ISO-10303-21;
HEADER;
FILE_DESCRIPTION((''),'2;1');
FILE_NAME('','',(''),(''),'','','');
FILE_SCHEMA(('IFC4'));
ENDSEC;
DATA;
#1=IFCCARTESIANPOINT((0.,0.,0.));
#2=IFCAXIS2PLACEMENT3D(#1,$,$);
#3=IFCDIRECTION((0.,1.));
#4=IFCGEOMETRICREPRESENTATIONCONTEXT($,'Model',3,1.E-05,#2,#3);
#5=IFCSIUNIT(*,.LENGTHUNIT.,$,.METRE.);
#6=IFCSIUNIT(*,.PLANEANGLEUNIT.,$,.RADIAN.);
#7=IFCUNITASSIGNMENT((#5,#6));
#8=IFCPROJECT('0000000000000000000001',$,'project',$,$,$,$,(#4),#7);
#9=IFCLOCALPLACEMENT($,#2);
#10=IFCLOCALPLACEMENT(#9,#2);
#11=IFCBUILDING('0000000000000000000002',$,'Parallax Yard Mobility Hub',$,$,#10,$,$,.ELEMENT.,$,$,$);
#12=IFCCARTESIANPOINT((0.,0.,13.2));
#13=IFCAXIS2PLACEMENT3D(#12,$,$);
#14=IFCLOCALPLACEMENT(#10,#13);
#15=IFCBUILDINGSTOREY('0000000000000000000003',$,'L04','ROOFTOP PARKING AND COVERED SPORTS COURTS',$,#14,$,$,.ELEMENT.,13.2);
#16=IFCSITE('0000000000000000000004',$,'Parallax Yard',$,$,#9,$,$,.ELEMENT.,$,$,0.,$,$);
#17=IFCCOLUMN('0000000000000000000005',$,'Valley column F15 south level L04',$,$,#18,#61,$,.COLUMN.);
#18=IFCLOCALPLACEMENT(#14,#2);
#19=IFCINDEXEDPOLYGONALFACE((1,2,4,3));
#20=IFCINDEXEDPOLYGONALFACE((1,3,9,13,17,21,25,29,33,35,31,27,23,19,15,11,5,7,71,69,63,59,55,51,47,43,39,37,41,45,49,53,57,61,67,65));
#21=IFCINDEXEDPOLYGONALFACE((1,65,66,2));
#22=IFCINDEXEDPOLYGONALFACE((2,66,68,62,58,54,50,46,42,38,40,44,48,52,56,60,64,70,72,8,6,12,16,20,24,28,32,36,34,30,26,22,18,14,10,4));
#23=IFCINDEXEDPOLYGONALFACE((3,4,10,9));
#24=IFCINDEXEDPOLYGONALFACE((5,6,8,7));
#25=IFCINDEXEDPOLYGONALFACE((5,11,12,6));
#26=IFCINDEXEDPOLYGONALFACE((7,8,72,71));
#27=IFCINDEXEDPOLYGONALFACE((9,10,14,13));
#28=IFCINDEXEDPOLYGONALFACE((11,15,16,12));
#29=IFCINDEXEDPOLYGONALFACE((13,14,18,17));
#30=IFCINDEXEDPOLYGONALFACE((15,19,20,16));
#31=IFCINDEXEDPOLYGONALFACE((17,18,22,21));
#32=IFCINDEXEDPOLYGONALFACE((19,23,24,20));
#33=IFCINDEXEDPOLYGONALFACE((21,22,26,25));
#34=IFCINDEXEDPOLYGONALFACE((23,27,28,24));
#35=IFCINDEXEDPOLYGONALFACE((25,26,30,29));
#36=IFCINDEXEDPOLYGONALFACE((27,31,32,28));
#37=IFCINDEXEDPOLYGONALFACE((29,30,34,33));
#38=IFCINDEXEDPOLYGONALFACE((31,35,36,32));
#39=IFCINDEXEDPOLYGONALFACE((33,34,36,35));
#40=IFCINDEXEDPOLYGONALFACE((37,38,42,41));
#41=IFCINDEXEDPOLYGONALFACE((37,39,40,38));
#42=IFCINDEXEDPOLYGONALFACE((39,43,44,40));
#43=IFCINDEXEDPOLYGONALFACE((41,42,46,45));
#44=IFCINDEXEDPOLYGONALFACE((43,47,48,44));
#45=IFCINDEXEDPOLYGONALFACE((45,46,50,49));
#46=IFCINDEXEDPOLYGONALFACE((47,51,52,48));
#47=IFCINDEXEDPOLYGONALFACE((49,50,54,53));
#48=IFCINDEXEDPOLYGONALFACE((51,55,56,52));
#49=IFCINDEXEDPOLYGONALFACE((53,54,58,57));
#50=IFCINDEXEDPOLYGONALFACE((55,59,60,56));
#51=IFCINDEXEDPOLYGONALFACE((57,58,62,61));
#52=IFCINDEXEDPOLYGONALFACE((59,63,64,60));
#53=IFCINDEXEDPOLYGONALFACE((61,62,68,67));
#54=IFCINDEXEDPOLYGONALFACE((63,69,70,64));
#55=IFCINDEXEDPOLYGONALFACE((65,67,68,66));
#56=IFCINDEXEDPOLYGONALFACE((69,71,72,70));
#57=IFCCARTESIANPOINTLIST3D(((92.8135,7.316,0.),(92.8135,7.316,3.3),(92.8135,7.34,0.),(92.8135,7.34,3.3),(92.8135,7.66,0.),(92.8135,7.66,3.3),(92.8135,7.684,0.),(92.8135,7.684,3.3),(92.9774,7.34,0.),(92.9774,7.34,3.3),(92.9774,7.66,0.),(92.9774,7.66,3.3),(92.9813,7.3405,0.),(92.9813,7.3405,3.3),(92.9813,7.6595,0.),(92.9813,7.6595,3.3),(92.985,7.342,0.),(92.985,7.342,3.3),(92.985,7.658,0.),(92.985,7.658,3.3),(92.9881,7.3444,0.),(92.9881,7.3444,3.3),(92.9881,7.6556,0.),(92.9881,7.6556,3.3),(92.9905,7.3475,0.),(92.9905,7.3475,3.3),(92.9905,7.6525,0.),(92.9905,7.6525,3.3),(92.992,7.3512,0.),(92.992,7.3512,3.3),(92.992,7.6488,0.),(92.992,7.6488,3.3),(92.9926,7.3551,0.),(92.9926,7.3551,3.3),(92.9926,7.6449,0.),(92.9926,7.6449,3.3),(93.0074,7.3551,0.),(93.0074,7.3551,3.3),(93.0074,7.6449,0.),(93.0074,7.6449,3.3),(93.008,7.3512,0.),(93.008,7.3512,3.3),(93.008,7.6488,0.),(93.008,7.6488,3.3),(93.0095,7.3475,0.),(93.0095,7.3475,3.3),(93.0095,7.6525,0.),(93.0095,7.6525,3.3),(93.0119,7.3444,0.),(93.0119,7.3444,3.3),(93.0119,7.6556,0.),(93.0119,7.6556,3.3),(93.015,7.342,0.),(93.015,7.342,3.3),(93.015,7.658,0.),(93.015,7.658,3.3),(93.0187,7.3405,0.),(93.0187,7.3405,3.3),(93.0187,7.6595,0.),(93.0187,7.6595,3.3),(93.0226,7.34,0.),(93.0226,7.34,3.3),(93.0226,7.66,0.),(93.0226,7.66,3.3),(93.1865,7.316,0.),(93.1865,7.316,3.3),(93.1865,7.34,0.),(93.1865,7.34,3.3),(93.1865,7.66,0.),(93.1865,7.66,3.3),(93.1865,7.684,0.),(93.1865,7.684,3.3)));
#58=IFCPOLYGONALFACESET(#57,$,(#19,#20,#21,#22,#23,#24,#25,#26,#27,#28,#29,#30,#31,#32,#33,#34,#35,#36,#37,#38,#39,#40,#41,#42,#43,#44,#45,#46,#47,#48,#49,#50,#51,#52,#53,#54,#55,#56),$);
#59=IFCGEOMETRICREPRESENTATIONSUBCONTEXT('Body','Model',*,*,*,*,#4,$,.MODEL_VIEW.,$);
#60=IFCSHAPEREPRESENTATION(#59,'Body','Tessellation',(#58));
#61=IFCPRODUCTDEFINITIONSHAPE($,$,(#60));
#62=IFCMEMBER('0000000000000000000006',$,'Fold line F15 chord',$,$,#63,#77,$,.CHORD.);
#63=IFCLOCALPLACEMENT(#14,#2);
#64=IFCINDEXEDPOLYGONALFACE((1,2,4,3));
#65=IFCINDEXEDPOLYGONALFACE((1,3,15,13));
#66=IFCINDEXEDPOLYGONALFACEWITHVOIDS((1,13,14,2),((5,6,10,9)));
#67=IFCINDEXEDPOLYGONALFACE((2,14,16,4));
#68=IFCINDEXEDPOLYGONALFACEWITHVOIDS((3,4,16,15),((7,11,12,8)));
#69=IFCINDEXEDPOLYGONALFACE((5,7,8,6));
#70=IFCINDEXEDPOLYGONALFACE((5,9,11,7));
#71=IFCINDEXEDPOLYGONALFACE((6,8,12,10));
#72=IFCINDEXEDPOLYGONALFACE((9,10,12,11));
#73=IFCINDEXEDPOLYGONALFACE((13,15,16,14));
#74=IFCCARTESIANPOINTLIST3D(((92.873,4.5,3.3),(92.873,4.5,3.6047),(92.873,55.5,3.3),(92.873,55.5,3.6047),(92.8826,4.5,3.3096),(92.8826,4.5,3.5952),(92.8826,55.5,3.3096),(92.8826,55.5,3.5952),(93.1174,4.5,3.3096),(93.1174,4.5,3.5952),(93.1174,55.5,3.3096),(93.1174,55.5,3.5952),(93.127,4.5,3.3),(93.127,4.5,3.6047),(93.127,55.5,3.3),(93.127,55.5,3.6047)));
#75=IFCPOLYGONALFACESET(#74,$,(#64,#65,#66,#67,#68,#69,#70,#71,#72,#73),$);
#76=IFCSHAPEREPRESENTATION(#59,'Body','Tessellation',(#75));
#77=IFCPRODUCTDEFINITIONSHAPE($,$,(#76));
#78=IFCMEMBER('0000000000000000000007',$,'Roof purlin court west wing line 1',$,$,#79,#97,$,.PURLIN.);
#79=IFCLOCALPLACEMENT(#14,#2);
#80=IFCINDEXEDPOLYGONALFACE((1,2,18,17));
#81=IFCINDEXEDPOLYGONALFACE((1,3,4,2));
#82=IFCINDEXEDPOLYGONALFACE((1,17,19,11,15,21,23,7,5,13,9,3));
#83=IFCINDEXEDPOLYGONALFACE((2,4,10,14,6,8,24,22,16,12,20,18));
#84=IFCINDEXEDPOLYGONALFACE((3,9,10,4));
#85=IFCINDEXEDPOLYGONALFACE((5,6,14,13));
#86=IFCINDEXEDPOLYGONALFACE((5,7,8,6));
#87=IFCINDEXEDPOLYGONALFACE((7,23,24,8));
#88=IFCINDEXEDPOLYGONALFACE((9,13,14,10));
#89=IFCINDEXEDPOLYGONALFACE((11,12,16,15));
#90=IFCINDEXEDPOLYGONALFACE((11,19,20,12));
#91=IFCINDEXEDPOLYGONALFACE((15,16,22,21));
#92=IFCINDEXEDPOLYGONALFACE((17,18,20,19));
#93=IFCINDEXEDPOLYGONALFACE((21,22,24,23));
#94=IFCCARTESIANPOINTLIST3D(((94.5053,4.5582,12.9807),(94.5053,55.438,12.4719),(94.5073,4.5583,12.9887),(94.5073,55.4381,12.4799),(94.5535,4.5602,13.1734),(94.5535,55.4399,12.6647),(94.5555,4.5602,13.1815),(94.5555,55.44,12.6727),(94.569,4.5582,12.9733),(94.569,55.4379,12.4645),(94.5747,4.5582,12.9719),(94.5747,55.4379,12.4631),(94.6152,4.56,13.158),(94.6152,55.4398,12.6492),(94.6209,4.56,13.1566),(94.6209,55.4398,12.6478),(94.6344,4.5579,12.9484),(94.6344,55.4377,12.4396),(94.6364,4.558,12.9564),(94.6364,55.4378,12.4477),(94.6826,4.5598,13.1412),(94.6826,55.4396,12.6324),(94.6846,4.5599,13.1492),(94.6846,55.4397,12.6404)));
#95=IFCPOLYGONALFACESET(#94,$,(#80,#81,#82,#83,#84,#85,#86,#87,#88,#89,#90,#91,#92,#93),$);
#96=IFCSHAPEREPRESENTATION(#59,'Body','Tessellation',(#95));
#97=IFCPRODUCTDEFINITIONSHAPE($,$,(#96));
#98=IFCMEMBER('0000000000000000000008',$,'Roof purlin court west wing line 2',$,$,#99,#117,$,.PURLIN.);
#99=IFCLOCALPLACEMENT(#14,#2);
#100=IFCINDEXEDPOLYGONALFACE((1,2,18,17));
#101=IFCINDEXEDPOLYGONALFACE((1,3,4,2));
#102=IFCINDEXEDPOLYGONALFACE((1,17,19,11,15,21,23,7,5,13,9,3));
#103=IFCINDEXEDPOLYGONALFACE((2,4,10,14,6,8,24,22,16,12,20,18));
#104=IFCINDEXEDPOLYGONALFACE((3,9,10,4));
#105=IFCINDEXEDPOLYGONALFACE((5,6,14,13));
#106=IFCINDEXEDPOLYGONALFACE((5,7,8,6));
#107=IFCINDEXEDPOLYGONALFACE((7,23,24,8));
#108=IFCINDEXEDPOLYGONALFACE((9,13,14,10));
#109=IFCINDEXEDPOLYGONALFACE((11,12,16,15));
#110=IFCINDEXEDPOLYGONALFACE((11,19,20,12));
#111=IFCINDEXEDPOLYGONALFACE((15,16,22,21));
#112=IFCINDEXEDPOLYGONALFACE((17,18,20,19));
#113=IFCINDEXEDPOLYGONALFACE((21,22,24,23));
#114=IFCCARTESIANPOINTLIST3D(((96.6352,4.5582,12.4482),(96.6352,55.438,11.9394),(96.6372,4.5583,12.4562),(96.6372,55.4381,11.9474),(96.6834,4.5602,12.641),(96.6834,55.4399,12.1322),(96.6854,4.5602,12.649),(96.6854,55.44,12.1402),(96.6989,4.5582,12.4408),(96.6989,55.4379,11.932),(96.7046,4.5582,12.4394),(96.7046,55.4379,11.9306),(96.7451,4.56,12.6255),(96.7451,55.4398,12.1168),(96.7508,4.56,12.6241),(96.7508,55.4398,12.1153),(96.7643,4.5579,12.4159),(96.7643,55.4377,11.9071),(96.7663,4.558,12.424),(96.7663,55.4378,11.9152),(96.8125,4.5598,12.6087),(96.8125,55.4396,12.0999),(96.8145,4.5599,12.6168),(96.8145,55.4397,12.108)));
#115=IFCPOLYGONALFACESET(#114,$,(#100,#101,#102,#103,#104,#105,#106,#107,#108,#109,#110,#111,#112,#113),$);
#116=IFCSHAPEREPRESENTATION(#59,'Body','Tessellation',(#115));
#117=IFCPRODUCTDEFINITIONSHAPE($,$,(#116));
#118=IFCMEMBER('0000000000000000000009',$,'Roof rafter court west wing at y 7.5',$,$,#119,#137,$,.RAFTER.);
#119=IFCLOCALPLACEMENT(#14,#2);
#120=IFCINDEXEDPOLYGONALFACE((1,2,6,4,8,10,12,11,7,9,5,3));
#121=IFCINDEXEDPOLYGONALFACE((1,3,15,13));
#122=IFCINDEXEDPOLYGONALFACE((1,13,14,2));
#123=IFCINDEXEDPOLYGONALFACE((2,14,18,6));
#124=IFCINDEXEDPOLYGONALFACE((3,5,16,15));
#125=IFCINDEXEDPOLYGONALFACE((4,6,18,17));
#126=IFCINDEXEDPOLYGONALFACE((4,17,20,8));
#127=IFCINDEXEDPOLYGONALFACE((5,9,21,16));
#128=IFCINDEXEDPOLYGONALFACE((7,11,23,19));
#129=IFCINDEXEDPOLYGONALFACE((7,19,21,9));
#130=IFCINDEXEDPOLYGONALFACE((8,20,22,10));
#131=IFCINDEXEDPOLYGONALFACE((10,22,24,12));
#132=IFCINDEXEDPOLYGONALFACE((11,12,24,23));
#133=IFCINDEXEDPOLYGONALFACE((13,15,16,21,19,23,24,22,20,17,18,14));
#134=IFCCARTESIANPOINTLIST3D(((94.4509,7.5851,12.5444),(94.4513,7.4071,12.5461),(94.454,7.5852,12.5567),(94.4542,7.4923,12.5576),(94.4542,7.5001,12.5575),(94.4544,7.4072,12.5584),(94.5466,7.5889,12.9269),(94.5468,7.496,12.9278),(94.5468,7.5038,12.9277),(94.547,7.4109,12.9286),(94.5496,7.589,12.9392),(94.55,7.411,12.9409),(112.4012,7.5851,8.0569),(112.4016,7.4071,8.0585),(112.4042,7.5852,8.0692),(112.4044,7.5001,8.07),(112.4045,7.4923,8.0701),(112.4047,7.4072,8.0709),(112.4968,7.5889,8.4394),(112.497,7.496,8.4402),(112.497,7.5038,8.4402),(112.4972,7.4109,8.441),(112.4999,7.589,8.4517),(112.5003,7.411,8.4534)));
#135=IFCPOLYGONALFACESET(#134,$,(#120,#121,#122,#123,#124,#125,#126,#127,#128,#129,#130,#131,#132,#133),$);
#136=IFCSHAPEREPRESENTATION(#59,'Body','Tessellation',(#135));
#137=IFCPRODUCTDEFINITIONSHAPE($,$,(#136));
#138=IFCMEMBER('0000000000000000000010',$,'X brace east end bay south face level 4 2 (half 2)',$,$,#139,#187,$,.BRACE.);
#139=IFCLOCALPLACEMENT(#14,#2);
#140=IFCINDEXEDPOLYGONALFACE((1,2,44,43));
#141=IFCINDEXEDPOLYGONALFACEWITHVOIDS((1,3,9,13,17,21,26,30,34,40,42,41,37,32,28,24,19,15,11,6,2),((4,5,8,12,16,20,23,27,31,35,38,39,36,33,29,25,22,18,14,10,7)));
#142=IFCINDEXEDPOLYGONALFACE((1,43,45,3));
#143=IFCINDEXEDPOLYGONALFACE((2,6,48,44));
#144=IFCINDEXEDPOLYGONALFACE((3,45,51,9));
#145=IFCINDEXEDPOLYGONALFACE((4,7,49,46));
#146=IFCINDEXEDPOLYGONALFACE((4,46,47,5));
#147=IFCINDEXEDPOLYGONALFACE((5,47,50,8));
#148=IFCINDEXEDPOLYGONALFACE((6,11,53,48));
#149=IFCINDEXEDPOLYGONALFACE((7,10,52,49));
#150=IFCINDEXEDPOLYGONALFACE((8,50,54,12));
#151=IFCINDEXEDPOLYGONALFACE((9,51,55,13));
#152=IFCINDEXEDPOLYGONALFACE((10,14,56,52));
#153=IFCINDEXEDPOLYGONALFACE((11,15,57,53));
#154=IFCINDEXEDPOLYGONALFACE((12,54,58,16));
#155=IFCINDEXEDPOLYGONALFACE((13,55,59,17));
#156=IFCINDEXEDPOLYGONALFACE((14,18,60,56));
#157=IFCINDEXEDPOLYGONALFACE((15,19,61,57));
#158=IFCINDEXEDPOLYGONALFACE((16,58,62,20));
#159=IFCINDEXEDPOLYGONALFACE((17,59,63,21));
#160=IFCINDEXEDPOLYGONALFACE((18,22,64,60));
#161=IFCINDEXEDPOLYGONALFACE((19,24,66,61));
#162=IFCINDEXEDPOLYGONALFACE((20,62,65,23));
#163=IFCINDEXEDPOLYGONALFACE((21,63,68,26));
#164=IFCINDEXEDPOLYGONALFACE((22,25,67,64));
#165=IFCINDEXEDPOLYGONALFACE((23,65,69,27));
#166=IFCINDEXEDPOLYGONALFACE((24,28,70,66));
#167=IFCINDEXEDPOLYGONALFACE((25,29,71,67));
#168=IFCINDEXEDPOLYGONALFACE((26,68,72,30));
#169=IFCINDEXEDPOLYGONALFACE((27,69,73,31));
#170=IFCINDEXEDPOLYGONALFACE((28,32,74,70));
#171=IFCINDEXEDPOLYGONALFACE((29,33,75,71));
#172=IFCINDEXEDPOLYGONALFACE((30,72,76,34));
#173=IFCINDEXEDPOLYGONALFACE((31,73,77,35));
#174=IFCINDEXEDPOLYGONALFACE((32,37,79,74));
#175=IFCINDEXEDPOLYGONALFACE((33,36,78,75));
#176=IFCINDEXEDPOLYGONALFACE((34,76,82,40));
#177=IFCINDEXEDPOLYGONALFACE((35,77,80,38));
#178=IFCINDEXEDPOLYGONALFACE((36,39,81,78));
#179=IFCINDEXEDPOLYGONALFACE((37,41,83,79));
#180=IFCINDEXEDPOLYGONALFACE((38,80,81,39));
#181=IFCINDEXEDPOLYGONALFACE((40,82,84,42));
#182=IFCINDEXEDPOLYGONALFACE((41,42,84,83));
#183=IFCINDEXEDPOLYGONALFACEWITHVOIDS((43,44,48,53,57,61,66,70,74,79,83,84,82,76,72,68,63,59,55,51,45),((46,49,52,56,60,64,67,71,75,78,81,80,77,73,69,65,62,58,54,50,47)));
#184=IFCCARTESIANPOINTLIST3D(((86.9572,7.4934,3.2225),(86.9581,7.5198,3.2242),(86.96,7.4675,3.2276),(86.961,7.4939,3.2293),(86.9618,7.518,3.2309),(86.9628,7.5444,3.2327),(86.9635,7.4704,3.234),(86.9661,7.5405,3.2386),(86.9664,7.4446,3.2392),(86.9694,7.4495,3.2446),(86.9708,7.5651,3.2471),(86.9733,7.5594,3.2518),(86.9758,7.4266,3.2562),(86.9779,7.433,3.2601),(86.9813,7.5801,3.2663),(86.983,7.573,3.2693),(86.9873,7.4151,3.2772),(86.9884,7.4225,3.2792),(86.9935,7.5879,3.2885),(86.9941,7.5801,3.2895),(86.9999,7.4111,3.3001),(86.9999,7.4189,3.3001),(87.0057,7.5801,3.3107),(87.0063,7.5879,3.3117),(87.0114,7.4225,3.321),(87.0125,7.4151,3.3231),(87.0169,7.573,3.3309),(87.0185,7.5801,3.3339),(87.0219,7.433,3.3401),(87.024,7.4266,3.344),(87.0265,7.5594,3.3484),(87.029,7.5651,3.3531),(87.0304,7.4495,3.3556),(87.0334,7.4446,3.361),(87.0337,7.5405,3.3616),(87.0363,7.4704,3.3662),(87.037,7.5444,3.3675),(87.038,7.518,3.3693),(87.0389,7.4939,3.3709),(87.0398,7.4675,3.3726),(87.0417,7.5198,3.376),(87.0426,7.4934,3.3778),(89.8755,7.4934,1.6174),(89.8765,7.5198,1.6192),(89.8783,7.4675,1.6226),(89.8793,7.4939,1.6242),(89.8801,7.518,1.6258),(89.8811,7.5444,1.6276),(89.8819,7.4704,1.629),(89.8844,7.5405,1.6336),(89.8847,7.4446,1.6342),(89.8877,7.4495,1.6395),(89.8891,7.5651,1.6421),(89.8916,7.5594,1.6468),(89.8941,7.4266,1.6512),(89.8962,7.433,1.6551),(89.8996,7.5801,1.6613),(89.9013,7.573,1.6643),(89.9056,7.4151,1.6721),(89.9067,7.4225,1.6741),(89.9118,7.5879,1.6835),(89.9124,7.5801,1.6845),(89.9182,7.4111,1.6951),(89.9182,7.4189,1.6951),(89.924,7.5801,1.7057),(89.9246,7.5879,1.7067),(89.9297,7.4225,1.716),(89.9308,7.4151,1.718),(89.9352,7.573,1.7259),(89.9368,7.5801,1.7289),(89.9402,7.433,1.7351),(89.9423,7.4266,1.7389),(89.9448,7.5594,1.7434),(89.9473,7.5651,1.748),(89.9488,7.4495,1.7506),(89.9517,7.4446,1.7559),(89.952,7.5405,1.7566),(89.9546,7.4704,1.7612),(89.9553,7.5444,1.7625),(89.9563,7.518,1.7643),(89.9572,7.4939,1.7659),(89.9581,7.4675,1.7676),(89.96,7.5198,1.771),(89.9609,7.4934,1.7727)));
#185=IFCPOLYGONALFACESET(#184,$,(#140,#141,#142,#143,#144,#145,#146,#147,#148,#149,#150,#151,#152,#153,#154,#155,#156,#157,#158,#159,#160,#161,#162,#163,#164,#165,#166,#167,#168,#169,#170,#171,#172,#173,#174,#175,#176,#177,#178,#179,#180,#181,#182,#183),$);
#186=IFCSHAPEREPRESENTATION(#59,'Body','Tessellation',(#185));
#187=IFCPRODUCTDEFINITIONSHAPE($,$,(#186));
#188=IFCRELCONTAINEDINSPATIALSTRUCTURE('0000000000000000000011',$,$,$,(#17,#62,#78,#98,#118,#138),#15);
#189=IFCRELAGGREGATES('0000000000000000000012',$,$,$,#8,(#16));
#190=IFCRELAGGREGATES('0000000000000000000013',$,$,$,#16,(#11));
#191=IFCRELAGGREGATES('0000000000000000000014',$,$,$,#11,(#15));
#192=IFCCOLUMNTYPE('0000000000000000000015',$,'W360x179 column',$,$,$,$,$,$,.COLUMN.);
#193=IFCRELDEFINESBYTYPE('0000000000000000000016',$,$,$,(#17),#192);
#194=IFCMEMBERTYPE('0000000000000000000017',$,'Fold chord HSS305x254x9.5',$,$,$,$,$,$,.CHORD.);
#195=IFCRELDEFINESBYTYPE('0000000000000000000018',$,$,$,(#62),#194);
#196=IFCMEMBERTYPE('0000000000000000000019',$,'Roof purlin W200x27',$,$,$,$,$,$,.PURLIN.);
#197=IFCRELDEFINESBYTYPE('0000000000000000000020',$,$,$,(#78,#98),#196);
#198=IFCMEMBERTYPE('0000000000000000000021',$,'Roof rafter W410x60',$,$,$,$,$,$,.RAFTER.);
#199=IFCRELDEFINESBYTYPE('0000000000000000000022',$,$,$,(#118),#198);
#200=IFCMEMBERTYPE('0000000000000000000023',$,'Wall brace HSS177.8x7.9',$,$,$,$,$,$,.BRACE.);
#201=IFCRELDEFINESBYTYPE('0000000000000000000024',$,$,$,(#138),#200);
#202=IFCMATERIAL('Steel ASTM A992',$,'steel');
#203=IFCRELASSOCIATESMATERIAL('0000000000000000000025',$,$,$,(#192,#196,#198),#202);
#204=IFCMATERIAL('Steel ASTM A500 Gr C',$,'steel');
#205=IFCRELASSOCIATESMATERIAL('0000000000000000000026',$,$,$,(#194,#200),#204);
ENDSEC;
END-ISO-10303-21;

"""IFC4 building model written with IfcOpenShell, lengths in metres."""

from ifc_helpers import new_model, si_unit, direction, frame, origin, origin_2d, place, context, subcontext, project, spatial, hollow_rectangle, hollow_circle, i_section, extrude, material, material_profile, profile_set, type_object, element, save


model = new_model("IFC4")

# Units and contexts
model_context = context("Model", 3, precision=1e-05, world=origin(), true_north=direction((0.0, 1.0)))
body_context = subcontext(model_context, "Body", "Model", "MODEL_VIEW")
ifc_project = project(units=[si_unit("LENGTHUNIT", "METRE"), si_unit("PLANEANGLEUNIT", "RADIAN")], contexts=[model_context])

# Site, building, storey
site_placement = place(None, origin())
site = spatial("IfcSite", under=ifc_project, at=site_placement, Name="Parallax Yard", CompositionType="ELEMENT", RefElevation=0.0)
building_placement = place(site_placement, origin())
building = spatial("IfcBuilding", under=site, at=building_placement, Name="Parallax Yard Mobility Hub", CompositionType="ELEMENT")
storey_placement = place(building_placement, frame((0.0, 0.0, 13.2)))
storey = spatial("IfcBuildingStorey", under=building, at=storey_placement, Name="L04", Description="ROOFTOP PARKING AND COVERED SPORTS COURTS", CompositionType="ELEMENT", Elevation=13.2)

# Column
ifc_material_1 = material(Name="Steel ASTM A992", Category="steel")
ifc_material_profile_1 = material_profile(ifc_material_1, i_section(OverallWidth=0.373, OverallDepth=0.3679, WebThickness=0.0149, FlangeThickness=0.0239, FilletRadius=0.0151, at=origin_2d()), Name="W360x179")
ifc_profile_set_1 = profile_set([ifc_material_profile_1], Name="Steel ASTM A992")
column_type = type_object("IfcColumnType", Name="W360x179 column", PredefinedType="COLUMN", material=ifc_profile_set_1)
column_placement = place(storey_placement, frame((93.0, 7.5, 0.0), z_axis=(0.0, 0.0, 1.0), x_axis=(1.0, 0.0, 0.0)))
element("IfcColumn", 1, at=column_placement, inside=storey, type_object=column_type, Name="Valley column F15 south level L04", PredefinedType="COLUMN", context=body_context, shape_type="SweptSolid", body=[
    extrude(i_section(OverallWidth=0.373, OverallDepth=0.3679, WebThickness=0.0149, FlangeThickness=0.0239, FilletRadius=0.0151, at=origin_2d()), origin(), (0.0, 0.0, 1.0), 3.3),
])

# Members
ifc_material_2 = material(Name="Steel ASTM A500 Gr C", Category="steel")
ifc_material_profile_2 = material_profile(ifc_material_2, hollow_rectangle(XDim=0.2539, YDim=0.3047, WallThickness=0.0095, at=origin_2d()), Name="HSS305x254x9.5")
ifc_profile_set_2 = profile_set([ifc_material_profile_2], Name="Steel ASTM A500 Gr C")
member_type_1 = type_object("IfcMemberType", Name="Fold chord HSS305x254x9.5", PredefinedType="CHORD", material=ifc_profile_set_2)
member_1_placement = place(storey_placement, frame((93.0, 4.5, 3.4524), z_axis=(0.0, 1.0, 0.0), x_axis=(-1.0, 0.0, 0.0)))
element("IfcMember", 2, at=member_1_placement, inside=storey, type_object=member_type_1, Name="Fold line F15 chord", PredefinedType="CHORD", context=body_context, shape_type="SweptSolid", body=[
    extrude(hollow_rectangle(XDim=0.2539, YDim=0.3047, WallThickness=0.0095, at=origin_2d()), origin(), (0.0, 0.0, 1.0), 51.0),
])
ifc_material_profile_3 = material_profile(ifc_material_1, i_section(OverallWidth=0.1331, OverallDepth=0.207, WebThickness=0.0059, FlangeThickness=0.0083, at=origin_2d()), Name="W200x27")
ifc_profile_set_3 = profile_set([ifc_material_profile_3], Name="Steel ASTM A992")
member_type_2 = type_object("IfcMemberType", Name="Roof purlin W200x27", PredefinedType="PURLIN", material=ifc_profile_set_3)
for number, where, z_axis, x_axis, name in (
    (3, (94.595, 4.5591, 13.0649), (0.0, 0.99995, -0.009999), (-0.970145, 0.002425, 0.242513), "Roof purlin court west wing line 1"),
    (4, (96.7249, 4.5591, 12.5325), (0.0, 0.99995, -0.009999), (-0.970145, 0.002425, 0.242513), "Roof purlin court west wing line 2"),
):
    element("IfcMember", number, at=place(storey_placement, frame(where, z_axis=z_axis, x_axis=x_axis)), inside=storey, type_object=member_type_2, Name=name, PredefinedType="PURLIN", context=body_context, shape_type="SweptSolid", body=[
        extrude(i_section(OverallWidth=0.1331, OverallDepth=0.207, WebThickness=0.0059, FlangeThickness=0.0083, at=origin_2d()), origin(), (0.0, 0.0, 1.0), 50.8823),
    ])
ifc_material_profile_4 = material_profile(ifc_material_1, i_section(OverallWidth=0.178, OverallDepth=0.407, WebThickness=0.0078, FlangeThickness=0.0127, at=origin_2d()), Name="W410x60")
ifc_profile_set_4 = profile_set([ifc_material_profile_4], Name="Steel ASTM A992")
member_type_3 = type_object("IfcMemberType", Name="Roof rafter W410x60", PredefinedType="RAFTER", material=ifc_profile_set_4)
member_2_placement = place(storey_placement, frame((94.5005, 7.498, 12.7427), z_axis=(0.970143, 0.0, -0.242536), x_axis=(-0.002353, 0.999953, -0.009411)))
element("IfcMember", 5, at=member_2_placement, inside=storey, type_object=member_type_3, Name="Roof rafter court west wing at y 7.5", PredefinedType="RAFTER", context=body_context, shape_type="SweptSolid", body=[
    extrude(i_section(OverallWidth=0.178, OverallDepth=0.407, WebThickness=0.0078, FlangeThickness=0.0127, at=origin_2d()), origin(), (0.0, 0.0, 1.0), 18.5027),
])
ifc_material_profile_5 = material_profile(ifc_material_2, hollow_circle(Radius=0.0889, WallThickness=0.0078, at=origin_2d()), Name="HSS177.8x7.9")
ifc_profile_set_5 = profile_set([ifc_material_profile_5], Name="Steel ASTM A500 Gr C")
member_type_4 = type_object("IfcMemberType", Name="Wall brace HSS177.8x7.9", PredefinedType="BRACE", material=ifc_profile_set_5)
member_3_placement = place(storey_placement, frame((89.9182, 7.5, 1.6951), z_axis=(-0.876221, 0.0, 0.48191), x_axis=(0.0, -1.0, 0.0)))
element("IfcMember", 6, at=member_3_placement, inside=storey, type_object=member_type_4, Name="X brace east end bay south face level 4 2 (half 2)", PredefinedType="BRACE", context=body_context, shape_type="SweptSolid", body=[
    extrude(hollow_circle(Radius=0.0889, WallThickness=0.0078, at=origin_2d()), origin(), (0.0, 0.0, 1.0), 3.3306),
])

save(model, "model.ifc")
